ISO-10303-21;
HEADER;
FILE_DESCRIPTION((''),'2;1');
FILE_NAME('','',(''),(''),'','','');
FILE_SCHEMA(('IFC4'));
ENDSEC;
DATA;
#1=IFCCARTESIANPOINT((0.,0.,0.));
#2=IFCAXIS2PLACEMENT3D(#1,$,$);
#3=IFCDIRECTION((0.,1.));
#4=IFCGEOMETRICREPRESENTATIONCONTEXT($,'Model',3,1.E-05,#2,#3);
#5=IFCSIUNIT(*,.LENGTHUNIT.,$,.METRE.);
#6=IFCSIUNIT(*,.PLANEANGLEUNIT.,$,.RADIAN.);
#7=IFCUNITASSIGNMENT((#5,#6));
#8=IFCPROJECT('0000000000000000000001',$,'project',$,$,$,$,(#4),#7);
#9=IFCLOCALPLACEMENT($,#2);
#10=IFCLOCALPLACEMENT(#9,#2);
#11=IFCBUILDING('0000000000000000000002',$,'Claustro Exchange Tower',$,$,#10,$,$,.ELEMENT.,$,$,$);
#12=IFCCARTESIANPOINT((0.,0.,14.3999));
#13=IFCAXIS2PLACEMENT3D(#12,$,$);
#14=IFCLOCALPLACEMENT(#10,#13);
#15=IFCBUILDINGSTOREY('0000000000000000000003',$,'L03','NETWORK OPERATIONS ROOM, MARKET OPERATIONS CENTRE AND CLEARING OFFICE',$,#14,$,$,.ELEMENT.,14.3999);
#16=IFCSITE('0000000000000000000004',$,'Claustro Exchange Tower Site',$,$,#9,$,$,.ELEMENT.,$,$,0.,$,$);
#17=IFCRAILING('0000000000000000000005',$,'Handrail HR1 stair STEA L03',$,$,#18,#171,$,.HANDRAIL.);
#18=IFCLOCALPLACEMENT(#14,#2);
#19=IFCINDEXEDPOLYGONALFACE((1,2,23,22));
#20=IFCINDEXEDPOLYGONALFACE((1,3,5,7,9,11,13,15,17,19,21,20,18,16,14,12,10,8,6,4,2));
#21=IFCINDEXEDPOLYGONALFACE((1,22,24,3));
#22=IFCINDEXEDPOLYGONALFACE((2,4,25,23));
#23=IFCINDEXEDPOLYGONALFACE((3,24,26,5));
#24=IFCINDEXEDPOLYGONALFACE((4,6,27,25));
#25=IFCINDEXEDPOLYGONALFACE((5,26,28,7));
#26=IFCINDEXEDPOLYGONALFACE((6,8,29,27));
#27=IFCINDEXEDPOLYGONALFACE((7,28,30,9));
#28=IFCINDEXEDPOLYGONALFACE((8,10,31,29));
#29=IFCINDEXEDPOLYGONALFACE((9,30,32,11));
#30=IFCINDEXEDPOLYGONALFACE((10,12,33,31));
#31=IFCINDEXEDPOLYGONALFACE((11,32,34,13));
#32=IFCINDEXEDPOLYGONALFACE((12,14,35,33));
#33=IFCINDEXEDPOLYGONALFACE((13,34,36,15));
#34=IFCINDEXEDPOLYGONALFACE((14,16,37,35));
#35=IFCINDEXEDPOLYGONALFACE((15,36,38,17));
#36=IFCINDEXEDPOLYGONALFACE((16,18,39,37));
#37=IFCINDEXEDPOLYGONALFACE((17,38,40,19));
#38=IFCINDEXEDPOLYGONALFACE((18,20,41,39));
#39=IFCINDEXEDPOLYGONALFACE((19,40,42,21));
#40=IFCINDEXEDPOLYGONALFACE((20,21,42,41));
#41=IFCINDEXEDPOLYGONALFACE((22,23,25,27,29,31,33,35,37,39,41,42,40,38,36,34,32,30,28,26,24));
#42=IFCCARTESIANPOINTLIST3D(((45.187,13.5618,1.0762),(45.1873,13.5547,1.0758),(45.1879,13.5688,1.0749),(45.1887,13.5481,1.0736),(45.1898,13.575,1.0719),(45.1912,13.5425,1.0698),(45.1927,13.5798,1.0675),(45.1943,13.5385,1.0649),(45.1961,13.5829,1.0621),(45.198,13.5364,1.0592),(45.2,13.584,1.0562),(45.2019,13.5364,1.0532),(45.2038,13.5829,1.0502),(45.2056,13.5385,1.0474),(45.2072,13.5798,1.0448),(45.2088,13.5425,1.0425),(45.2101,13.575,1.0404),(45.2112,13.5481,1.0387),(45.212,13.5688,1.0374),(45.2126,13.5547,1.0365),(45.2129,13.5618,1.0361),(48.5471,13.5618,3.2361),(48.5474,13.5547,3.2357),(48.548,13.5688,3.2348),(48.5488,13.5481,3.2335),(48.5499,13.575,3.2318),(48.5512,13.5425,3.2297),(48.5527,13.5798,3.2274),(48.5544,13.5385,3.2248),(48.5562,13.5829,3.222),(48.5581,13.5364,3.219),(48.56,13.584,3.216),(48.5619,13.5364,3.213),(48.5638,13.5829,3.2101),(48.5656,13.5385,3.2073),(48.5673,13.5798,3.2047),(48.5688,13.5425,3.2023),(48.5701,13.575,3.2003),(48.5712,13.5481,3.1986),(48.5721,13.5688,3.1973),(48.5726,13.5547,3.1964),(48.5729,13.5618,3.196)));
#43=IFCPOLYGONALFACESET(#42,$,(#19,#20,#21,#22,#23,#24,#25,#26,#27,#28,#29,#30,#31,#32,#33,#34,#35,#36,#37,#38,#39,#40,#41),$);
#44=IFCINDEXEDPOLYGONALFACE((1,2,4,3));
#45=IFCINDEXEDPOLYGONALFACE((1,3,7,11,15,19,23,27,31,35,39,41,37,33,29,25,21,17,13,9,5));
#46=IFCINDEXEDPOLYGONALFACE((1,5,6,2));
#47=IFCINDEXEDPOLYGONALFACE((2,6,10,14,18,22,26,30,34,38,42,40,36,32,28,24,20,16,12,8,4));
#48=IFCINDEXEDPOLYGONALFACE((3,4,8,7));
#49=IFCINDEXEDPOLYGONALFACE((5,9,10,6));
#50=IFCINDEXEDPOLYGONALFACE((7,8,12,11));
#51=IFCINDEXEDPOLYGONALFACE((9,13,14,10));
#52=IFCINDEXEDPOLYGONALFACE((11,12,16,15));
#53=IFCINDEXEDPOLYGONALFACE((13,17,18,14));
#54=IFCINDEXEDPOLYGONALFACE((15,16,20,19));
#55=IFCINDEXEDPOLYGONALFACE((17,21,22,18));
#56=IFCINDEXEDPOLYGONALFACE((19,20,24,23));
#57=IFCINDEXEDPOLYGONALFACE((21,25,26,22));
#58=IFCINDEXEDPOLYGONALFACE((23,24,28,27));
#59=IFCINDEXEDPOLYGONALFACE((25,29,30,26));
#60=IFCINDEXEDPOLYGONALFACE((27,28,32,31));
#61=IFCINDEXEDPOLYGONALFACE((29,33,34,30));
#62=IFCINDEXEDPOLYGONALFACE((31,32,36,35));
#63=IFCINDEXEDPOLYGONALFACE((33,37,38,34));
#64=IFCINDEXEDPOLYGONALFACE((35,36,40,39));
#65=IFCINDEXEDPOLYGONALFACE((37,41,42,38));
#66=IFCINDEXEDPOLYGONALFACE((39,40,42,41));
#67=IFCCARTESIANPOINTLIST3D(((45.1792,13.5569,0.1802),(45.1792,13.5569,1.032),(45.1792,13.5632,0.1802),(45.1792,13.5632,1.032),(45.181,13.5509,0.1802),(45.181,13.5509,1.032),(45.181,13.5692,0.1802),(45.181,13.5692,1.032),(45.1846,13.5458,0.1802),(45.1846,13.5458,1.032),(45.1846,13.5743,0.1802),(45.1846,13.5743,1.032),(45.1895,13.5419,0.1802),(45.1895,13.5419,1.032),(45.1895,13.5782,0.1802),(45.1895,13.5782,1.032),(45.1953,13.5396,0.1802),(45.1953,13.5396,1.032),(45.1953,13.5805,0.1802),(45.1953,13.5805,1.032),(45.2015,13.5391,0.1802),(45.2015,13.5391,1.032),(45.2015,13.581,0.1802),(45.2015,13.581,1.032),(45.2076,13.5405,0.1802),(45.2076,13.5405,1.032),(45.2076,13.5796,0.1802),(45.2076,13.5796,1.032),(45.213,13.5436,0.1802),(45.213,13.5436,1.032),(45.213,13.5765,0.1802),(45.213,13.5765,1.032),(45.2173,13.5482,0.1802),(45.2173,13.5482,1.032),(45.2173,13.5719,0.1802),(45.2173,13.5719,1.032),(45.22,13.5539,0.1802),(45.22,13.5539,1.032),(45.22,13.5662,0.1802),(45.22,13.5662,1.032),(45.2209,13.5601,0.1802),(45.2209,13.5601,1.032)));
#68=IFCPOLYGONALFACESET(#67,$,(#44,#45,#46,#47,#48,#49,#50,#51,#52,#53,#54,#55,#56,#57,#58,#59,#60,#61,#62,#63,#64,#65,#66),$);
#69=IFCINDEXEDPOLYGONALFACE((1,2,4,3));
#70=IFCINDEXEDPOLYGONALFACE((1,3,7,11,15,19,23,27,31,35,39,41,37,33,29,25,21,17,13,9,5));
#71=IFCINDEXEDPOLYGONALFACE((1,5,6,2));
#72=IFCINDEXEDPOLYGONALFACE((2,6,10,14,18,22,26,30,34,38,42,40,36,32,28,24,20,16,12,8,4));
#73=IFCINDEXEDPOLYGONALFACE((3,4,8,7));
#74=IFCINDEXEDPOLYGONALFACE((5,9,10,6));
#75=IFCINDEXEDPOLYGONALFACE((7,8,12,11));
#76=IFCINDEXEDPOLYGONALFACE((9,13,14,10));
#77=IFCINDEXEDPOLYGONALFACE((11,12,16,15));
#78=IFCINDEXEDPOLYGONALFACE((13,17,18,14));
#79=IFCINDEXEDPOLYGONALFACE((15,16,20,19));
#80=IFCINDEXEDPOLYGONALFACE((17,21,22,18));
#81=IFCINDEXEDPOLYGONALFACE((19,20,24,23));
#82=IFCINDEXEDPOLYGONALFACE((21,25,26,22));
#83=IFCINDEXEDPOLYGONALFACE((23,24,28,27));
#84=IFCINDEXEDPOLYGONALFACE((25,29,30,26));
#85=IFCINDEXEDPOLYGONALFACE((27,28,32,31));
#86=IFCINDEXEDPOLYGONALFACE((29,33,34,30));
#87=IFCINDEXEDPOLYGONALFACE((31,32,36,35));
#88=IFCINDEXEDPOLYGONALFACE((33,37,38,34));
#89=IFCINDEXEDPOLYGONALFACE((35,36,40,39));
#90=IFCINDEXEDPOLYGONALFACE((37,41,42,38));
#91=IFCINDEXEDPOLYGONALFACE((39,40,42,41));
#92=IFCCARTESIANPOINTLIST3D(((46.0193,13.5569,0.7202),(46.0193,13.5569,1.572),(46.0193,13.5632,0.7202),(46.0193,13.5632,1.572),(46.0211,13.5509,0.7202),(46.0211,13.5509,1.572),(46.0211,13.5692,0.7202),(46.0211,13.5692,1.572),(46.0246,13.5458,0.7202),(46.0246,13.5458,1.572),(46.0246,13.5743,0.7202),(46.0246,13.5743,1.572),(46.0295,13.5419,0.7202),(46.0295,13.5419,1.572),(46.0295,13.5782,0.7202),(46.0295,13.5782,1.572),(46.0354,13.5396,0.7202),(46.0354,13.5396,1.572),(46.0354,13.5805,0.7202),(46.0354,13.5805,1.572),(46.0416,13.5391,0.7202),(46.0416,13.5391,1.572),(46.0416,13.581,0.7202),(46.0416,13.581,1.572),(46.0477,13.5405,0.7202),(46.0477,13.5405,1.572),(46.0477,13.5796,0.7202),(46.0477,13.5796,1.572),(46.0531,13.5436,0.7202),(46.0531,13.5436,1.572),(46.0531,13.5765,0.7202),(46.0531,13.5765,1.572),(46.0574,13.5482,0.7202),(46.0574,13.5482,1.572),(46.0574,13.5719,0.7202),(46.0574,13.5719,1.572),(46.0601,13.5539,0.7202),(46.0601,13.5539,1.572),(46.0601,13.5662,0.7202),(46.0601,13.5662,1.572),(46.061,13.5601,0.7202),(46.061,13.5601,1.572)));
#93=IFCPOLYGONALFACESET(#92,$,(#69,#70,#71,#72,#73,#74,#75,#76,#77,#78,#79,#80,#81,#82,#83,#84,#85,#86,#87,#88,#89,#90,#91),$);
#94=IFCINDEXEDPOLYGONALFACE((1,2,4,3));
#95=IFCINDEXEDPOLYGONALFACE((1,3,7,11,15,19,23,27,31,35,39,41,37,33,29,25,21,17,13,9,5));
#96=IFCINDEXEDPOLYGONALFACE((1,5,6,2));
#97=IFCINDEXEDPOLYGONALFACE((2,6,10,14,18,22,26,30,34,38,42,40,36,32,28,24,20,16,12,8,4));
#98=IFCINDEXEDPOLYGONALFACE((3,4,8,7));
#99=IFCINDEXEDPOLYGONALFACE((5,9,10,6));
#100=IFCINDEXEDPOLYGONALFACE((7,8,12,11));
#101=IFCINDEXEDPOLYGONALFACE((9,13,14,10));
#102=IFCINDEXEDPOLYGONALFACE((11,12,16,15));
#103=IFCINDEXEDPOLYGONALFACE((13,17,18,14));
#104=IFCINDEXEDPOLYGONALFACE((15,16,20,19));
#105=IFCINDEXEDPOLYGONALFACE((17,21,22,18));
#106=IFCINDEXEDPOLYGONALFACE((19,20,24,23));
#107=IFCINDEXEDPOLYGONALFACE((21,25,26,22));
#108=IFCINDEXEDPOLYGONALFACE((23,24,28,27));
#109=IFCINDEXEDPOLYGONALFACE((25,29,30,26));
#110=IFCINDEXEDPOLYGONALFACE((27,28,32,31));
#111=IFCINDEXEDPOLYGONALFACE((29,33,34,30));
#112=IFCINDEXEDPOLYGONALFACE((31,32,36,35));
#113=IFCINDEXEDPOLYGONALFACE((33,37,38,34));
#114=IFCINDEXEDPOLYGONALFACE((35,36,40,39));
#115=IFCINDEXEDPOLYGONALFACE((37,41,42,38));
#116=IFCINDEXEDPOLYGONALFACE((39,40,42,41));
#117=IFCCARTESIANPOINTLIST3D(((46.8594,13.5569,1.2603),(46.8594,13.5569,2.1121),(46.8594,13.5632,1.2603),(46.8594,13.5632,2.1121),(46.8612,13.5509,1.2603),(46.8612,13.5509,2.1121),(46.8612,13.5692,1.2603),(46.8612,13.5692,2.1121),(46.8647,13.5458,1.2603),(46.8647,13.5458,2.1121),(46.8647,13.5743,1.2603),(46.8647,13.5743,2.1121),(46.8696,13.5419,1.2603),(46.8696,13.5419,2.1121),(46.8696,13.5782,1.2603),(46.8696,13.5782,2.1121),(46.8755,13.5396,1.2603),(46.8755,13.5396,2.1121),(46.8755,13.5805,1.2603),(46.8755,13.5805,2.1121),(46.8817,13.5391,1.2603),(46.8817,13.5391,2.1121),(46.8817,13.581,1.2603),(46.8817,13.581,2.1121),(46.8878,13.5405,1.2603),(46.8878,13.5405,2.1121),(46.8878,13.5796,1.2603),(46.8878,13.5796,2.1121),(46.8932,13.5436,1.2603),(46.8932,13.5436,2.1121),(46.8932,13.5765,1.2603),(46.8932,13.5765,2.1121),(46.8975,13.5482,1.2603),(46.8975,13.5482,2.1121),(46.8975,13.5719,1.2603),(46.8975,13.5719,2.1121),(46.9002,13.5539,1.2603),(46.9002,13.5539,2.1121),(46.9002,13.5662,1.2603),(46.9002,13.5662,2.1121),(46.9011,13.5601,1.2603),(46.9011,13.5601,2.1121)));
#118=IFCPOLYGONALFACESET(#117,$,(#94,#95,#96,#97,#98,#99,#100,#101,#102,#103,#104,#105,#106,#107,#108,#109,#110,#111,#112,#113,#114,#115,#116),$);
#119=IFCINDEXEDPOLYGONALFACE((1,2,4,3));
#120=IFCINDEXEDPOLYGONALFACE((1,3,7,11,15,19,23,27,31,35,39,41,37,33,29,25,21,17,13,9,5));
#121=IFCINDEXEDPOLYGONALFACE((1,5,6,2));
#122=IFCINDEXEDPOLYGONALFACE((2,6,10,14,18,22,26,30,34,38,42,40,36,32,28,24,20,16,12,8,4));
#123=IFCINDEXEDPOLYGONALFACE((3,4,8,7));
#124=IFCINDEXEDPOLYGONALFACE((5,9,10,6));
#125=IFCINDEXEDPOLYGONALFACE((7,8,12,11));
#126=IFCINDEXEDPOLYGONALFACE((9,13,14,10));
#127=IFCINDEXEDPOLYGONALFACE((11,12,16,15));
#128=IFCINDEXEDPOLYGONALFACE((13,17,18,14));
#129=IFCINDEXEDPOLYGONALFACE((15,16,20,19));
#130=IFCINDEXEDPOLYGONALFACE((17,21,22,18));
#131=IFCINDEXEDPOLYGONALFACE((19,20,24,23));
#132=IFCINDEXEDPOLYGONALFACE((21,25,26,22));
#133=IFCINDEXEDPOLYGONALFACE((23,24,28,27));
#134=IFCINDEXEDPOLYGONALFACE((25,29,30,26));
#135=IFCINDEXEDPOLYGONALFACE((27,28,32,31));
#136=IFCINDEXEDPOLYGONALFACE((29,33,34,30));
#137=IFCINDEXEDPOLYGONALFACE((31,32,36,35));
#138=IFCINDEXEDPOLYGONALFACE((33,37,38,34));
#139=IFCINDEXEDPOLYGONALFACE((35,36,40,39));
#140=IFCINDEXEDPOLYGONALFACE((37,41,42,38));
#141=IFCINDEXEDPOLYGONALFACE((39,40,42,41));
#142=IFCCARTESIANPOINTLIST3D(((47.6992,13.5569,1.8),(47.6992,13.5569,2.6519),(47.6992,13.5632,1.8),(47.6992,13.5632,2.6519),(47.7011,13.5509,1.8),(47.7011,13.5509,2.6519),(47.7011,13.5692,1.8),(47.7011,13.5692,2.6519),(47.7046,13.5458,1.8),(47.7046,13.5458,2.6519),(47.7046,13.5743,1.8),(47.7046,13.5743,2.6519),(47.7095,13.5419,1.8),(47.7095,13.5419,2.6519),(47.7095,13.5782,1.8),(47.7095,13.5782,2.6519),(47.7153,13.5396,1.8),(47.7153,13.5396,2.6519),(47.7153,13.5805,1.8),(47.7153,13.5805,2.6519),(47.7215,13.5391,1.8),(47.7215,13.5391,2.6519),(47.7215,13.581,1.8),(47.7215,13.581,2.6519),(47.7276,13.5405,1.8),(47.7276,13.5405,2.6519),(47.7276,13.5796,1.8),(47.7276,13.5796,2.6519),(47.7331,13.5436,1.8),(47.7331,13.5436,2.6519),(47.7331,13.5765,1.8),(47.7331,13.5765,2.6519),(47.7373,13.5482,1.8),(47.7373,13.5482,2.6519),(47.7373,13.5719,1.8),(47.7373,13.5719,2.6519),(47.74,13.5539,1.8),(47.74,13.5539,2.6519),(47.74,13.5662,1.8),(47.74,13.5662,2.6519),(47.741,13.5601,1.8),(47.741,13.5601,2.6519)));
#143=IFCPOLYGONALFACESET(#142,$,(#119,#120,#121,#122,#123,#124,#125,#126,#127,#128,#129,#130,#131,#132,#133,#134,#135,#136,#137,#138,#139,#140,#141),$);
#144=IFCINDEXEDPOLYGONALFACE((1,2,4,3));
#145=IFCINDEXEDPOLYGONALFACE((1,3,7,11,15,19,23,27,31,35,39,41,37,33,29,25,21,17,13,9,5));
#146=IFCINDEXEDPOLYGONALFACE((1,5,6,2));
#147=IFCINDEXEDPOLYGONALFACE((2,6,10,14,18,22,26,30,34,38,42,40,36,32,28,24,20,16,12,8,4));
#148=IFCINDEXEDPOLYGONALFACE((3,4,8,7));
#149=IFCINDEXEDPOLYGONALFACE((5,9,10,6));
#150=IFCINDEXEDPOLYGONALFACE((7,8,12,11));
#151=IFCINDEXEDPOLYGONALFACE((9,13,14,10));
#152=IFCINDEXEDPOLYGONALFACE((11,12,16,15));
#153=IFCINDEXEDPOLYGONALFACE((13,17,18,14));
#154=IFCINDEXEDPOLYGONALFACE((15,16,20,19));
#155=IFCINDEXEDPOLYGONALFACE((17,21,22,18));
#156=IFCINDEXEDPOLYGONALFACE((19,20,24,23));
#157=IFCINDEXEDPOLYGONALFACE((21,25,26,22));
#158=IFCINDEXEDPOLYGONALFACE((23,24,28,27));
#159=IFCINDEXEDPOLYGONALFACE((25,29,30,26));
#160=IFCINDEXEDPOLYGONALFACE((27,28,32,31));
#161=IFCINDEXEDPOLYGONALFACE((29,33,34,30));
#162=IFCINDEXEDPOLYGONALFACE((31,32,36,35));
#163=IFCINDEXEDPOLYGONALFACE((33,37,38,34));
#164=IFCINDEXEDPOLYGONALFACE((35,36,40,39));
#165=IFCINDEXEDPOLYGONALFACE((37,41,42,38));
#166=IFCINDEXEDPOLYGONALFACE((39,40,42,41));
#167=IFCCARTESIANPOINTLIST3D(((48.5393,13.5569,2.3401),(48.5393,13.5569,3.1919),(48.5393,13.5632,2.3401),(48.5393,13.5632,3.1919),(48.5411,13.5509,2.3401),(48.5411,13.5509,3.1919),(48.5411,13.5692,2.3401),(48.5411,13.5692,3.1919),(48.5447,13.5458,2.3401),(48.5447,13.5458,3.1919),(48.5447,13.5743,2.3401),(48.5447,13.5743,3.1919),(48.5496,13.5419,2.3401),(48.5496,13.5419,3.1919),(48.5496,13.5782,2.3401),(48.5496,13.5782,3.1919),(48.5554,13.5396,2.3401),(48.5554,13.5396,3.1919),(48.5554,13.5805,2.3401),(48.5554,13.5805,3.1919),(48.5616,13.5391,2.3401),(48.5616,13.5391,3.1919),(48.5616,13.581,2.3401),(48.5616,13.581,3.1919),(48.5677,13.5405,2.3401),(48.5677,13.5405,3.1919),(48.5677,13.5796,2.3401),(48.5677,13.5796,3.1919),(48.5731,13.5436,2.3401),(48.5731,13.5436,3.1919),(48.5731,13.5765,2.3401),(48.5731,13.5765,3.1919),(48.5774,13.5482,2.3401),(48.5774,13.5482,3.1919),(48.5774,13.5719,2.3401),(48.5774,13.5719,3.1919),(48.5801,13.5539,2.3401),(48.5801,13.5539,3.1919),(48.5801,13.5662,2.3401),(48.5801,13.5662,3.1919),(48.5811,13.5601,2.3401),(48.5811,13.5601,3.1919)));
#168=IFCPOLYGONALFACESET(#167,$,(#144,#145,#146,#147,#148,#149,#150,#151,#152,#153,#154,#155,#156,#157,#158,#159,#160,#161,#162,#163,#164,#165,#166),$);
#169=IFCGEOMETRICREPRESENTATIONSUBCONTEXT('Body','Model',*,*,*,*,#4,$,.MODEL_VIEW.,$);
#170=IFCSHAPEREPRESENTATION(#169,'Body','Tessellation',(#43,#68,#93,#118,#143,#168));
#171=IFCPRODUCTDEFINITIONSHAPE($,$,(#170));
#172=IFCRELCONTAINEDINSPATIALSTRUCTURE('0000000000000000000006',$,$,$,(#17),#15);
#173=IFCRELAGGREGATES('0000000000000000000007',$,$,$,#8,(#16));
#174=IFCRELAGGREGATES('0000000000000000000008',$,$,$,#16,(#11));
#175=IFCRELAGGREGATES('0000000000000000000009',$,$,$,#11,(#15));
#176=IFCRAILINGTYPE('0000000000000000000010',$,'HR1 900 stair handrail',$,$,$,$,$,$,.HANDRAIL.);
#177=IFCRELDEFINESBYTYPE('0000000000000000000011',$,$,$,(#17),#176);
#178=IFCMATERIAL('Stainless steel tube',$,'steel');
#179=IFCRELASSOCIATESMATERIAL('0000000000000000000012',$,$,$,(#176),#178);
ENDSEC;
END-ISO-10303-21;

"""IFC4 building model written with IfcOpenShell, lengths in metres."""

from ifc_helpers import new_model, si_unit, direction, frame, origin, origin_2d, place, context, subcontext, project, spatial, circle, extrude, material, type_object, element, save


model = new_model("IFC4")

# Units and contexts
model_context = context("Model", 3, precision=1e-05, world=origin(), true_north=direction((0.0, 1.0)))
body_context = subcontext(model_context, "Body", "Model", "MODEL_VIEW")
ifc_project = project(units=[si_unit("LENGTHUNIT", "METRE"), si_unit("PLANEANGLEUNIT", "RADIAN")], contexts=[model_context])

# Site, building, storey
site_placement = place(None, origin())
site = spatial("IfcSite", under=ifc_project, at=site_placement, Name="Claustro Exchange Tower Site", CompositionType="ELEMENT", RefElevation=0.0)
building_placement = place(site_placement, origin())
building = spatial("IfcBuilding", under=site, at=building_placement, Name="Claustro Exchange Tower", CompositionType="ELEMENT")
storey_placement = place(building_placement, frame((0.0, 0.0, 14.3999)))
storey = spatial("IfcBuildingStorey", under=building, at=storey_placement, Name="L03", Description="NETWORK OPERATIONS ROOM, MARKET OPERATIONS CENTRE AND CLEARING OFFICE", CompositionType="ELEMENT", Elevation=14.3999)

# Railing
ifc_material_1 = material(Name="Stainless steel tube", Category="steel")
railing_type_1 = type_object("IfcRailingType", Name="HR1 900 stair handrail", PredefinedType="HANDRAIL", material=ifc_material_1)
railing_1_placement = place(storey_placement, frame((45.2, 13.5601, 0.1802)))
element("IfcRailing", 1, at=railing_1_placement, inside=storey, type_object=railing_type_1, Name="Handrail HR1 stair STEA L03", PredefinedType="HANDRAIL", context=body_context, shape_type="SweptSolid", body=[
    extrude(circle(Radius=0.0239, at=origin_2d()), frame((0.0, 0.0, 0.876), z_axis=(0.841196, 0.0, 0.54073), x_axis=(0.0, 1.0, 0.0)), (0.0, 0.0, 1.0), 3.9944),
    extrude(circle(Radius=0.021, at=origin_2d()), origin(), (0.0, 0.0, 1.0), 0.8518),
    extrude(circle(Radius=0.021, at=origin_2d()), frame((0.8401, 0.0, 0.54)), (0.0, 0.0, 1.0), 0.8518),
    extrude(circle(Radius=0.021, at=origin_2d()), frame((1.6802, 0.0, 1.0801)), (0.0, 0.0, 1.0), 0.8518),
    extrude(circle(Radius=0.021, at=origin_2d()), frame((2.52, 0.0, 1.6199)), (0.0, 0.0, 1.0), 0.8518),
    extrude(circle(Radius=0.021, at=origin_2d()), frame((3.3601, 0.0, 2.1599)), (0.0, 0.0, 1.0), 0.8518),
])

save(model, "model.ifc")
